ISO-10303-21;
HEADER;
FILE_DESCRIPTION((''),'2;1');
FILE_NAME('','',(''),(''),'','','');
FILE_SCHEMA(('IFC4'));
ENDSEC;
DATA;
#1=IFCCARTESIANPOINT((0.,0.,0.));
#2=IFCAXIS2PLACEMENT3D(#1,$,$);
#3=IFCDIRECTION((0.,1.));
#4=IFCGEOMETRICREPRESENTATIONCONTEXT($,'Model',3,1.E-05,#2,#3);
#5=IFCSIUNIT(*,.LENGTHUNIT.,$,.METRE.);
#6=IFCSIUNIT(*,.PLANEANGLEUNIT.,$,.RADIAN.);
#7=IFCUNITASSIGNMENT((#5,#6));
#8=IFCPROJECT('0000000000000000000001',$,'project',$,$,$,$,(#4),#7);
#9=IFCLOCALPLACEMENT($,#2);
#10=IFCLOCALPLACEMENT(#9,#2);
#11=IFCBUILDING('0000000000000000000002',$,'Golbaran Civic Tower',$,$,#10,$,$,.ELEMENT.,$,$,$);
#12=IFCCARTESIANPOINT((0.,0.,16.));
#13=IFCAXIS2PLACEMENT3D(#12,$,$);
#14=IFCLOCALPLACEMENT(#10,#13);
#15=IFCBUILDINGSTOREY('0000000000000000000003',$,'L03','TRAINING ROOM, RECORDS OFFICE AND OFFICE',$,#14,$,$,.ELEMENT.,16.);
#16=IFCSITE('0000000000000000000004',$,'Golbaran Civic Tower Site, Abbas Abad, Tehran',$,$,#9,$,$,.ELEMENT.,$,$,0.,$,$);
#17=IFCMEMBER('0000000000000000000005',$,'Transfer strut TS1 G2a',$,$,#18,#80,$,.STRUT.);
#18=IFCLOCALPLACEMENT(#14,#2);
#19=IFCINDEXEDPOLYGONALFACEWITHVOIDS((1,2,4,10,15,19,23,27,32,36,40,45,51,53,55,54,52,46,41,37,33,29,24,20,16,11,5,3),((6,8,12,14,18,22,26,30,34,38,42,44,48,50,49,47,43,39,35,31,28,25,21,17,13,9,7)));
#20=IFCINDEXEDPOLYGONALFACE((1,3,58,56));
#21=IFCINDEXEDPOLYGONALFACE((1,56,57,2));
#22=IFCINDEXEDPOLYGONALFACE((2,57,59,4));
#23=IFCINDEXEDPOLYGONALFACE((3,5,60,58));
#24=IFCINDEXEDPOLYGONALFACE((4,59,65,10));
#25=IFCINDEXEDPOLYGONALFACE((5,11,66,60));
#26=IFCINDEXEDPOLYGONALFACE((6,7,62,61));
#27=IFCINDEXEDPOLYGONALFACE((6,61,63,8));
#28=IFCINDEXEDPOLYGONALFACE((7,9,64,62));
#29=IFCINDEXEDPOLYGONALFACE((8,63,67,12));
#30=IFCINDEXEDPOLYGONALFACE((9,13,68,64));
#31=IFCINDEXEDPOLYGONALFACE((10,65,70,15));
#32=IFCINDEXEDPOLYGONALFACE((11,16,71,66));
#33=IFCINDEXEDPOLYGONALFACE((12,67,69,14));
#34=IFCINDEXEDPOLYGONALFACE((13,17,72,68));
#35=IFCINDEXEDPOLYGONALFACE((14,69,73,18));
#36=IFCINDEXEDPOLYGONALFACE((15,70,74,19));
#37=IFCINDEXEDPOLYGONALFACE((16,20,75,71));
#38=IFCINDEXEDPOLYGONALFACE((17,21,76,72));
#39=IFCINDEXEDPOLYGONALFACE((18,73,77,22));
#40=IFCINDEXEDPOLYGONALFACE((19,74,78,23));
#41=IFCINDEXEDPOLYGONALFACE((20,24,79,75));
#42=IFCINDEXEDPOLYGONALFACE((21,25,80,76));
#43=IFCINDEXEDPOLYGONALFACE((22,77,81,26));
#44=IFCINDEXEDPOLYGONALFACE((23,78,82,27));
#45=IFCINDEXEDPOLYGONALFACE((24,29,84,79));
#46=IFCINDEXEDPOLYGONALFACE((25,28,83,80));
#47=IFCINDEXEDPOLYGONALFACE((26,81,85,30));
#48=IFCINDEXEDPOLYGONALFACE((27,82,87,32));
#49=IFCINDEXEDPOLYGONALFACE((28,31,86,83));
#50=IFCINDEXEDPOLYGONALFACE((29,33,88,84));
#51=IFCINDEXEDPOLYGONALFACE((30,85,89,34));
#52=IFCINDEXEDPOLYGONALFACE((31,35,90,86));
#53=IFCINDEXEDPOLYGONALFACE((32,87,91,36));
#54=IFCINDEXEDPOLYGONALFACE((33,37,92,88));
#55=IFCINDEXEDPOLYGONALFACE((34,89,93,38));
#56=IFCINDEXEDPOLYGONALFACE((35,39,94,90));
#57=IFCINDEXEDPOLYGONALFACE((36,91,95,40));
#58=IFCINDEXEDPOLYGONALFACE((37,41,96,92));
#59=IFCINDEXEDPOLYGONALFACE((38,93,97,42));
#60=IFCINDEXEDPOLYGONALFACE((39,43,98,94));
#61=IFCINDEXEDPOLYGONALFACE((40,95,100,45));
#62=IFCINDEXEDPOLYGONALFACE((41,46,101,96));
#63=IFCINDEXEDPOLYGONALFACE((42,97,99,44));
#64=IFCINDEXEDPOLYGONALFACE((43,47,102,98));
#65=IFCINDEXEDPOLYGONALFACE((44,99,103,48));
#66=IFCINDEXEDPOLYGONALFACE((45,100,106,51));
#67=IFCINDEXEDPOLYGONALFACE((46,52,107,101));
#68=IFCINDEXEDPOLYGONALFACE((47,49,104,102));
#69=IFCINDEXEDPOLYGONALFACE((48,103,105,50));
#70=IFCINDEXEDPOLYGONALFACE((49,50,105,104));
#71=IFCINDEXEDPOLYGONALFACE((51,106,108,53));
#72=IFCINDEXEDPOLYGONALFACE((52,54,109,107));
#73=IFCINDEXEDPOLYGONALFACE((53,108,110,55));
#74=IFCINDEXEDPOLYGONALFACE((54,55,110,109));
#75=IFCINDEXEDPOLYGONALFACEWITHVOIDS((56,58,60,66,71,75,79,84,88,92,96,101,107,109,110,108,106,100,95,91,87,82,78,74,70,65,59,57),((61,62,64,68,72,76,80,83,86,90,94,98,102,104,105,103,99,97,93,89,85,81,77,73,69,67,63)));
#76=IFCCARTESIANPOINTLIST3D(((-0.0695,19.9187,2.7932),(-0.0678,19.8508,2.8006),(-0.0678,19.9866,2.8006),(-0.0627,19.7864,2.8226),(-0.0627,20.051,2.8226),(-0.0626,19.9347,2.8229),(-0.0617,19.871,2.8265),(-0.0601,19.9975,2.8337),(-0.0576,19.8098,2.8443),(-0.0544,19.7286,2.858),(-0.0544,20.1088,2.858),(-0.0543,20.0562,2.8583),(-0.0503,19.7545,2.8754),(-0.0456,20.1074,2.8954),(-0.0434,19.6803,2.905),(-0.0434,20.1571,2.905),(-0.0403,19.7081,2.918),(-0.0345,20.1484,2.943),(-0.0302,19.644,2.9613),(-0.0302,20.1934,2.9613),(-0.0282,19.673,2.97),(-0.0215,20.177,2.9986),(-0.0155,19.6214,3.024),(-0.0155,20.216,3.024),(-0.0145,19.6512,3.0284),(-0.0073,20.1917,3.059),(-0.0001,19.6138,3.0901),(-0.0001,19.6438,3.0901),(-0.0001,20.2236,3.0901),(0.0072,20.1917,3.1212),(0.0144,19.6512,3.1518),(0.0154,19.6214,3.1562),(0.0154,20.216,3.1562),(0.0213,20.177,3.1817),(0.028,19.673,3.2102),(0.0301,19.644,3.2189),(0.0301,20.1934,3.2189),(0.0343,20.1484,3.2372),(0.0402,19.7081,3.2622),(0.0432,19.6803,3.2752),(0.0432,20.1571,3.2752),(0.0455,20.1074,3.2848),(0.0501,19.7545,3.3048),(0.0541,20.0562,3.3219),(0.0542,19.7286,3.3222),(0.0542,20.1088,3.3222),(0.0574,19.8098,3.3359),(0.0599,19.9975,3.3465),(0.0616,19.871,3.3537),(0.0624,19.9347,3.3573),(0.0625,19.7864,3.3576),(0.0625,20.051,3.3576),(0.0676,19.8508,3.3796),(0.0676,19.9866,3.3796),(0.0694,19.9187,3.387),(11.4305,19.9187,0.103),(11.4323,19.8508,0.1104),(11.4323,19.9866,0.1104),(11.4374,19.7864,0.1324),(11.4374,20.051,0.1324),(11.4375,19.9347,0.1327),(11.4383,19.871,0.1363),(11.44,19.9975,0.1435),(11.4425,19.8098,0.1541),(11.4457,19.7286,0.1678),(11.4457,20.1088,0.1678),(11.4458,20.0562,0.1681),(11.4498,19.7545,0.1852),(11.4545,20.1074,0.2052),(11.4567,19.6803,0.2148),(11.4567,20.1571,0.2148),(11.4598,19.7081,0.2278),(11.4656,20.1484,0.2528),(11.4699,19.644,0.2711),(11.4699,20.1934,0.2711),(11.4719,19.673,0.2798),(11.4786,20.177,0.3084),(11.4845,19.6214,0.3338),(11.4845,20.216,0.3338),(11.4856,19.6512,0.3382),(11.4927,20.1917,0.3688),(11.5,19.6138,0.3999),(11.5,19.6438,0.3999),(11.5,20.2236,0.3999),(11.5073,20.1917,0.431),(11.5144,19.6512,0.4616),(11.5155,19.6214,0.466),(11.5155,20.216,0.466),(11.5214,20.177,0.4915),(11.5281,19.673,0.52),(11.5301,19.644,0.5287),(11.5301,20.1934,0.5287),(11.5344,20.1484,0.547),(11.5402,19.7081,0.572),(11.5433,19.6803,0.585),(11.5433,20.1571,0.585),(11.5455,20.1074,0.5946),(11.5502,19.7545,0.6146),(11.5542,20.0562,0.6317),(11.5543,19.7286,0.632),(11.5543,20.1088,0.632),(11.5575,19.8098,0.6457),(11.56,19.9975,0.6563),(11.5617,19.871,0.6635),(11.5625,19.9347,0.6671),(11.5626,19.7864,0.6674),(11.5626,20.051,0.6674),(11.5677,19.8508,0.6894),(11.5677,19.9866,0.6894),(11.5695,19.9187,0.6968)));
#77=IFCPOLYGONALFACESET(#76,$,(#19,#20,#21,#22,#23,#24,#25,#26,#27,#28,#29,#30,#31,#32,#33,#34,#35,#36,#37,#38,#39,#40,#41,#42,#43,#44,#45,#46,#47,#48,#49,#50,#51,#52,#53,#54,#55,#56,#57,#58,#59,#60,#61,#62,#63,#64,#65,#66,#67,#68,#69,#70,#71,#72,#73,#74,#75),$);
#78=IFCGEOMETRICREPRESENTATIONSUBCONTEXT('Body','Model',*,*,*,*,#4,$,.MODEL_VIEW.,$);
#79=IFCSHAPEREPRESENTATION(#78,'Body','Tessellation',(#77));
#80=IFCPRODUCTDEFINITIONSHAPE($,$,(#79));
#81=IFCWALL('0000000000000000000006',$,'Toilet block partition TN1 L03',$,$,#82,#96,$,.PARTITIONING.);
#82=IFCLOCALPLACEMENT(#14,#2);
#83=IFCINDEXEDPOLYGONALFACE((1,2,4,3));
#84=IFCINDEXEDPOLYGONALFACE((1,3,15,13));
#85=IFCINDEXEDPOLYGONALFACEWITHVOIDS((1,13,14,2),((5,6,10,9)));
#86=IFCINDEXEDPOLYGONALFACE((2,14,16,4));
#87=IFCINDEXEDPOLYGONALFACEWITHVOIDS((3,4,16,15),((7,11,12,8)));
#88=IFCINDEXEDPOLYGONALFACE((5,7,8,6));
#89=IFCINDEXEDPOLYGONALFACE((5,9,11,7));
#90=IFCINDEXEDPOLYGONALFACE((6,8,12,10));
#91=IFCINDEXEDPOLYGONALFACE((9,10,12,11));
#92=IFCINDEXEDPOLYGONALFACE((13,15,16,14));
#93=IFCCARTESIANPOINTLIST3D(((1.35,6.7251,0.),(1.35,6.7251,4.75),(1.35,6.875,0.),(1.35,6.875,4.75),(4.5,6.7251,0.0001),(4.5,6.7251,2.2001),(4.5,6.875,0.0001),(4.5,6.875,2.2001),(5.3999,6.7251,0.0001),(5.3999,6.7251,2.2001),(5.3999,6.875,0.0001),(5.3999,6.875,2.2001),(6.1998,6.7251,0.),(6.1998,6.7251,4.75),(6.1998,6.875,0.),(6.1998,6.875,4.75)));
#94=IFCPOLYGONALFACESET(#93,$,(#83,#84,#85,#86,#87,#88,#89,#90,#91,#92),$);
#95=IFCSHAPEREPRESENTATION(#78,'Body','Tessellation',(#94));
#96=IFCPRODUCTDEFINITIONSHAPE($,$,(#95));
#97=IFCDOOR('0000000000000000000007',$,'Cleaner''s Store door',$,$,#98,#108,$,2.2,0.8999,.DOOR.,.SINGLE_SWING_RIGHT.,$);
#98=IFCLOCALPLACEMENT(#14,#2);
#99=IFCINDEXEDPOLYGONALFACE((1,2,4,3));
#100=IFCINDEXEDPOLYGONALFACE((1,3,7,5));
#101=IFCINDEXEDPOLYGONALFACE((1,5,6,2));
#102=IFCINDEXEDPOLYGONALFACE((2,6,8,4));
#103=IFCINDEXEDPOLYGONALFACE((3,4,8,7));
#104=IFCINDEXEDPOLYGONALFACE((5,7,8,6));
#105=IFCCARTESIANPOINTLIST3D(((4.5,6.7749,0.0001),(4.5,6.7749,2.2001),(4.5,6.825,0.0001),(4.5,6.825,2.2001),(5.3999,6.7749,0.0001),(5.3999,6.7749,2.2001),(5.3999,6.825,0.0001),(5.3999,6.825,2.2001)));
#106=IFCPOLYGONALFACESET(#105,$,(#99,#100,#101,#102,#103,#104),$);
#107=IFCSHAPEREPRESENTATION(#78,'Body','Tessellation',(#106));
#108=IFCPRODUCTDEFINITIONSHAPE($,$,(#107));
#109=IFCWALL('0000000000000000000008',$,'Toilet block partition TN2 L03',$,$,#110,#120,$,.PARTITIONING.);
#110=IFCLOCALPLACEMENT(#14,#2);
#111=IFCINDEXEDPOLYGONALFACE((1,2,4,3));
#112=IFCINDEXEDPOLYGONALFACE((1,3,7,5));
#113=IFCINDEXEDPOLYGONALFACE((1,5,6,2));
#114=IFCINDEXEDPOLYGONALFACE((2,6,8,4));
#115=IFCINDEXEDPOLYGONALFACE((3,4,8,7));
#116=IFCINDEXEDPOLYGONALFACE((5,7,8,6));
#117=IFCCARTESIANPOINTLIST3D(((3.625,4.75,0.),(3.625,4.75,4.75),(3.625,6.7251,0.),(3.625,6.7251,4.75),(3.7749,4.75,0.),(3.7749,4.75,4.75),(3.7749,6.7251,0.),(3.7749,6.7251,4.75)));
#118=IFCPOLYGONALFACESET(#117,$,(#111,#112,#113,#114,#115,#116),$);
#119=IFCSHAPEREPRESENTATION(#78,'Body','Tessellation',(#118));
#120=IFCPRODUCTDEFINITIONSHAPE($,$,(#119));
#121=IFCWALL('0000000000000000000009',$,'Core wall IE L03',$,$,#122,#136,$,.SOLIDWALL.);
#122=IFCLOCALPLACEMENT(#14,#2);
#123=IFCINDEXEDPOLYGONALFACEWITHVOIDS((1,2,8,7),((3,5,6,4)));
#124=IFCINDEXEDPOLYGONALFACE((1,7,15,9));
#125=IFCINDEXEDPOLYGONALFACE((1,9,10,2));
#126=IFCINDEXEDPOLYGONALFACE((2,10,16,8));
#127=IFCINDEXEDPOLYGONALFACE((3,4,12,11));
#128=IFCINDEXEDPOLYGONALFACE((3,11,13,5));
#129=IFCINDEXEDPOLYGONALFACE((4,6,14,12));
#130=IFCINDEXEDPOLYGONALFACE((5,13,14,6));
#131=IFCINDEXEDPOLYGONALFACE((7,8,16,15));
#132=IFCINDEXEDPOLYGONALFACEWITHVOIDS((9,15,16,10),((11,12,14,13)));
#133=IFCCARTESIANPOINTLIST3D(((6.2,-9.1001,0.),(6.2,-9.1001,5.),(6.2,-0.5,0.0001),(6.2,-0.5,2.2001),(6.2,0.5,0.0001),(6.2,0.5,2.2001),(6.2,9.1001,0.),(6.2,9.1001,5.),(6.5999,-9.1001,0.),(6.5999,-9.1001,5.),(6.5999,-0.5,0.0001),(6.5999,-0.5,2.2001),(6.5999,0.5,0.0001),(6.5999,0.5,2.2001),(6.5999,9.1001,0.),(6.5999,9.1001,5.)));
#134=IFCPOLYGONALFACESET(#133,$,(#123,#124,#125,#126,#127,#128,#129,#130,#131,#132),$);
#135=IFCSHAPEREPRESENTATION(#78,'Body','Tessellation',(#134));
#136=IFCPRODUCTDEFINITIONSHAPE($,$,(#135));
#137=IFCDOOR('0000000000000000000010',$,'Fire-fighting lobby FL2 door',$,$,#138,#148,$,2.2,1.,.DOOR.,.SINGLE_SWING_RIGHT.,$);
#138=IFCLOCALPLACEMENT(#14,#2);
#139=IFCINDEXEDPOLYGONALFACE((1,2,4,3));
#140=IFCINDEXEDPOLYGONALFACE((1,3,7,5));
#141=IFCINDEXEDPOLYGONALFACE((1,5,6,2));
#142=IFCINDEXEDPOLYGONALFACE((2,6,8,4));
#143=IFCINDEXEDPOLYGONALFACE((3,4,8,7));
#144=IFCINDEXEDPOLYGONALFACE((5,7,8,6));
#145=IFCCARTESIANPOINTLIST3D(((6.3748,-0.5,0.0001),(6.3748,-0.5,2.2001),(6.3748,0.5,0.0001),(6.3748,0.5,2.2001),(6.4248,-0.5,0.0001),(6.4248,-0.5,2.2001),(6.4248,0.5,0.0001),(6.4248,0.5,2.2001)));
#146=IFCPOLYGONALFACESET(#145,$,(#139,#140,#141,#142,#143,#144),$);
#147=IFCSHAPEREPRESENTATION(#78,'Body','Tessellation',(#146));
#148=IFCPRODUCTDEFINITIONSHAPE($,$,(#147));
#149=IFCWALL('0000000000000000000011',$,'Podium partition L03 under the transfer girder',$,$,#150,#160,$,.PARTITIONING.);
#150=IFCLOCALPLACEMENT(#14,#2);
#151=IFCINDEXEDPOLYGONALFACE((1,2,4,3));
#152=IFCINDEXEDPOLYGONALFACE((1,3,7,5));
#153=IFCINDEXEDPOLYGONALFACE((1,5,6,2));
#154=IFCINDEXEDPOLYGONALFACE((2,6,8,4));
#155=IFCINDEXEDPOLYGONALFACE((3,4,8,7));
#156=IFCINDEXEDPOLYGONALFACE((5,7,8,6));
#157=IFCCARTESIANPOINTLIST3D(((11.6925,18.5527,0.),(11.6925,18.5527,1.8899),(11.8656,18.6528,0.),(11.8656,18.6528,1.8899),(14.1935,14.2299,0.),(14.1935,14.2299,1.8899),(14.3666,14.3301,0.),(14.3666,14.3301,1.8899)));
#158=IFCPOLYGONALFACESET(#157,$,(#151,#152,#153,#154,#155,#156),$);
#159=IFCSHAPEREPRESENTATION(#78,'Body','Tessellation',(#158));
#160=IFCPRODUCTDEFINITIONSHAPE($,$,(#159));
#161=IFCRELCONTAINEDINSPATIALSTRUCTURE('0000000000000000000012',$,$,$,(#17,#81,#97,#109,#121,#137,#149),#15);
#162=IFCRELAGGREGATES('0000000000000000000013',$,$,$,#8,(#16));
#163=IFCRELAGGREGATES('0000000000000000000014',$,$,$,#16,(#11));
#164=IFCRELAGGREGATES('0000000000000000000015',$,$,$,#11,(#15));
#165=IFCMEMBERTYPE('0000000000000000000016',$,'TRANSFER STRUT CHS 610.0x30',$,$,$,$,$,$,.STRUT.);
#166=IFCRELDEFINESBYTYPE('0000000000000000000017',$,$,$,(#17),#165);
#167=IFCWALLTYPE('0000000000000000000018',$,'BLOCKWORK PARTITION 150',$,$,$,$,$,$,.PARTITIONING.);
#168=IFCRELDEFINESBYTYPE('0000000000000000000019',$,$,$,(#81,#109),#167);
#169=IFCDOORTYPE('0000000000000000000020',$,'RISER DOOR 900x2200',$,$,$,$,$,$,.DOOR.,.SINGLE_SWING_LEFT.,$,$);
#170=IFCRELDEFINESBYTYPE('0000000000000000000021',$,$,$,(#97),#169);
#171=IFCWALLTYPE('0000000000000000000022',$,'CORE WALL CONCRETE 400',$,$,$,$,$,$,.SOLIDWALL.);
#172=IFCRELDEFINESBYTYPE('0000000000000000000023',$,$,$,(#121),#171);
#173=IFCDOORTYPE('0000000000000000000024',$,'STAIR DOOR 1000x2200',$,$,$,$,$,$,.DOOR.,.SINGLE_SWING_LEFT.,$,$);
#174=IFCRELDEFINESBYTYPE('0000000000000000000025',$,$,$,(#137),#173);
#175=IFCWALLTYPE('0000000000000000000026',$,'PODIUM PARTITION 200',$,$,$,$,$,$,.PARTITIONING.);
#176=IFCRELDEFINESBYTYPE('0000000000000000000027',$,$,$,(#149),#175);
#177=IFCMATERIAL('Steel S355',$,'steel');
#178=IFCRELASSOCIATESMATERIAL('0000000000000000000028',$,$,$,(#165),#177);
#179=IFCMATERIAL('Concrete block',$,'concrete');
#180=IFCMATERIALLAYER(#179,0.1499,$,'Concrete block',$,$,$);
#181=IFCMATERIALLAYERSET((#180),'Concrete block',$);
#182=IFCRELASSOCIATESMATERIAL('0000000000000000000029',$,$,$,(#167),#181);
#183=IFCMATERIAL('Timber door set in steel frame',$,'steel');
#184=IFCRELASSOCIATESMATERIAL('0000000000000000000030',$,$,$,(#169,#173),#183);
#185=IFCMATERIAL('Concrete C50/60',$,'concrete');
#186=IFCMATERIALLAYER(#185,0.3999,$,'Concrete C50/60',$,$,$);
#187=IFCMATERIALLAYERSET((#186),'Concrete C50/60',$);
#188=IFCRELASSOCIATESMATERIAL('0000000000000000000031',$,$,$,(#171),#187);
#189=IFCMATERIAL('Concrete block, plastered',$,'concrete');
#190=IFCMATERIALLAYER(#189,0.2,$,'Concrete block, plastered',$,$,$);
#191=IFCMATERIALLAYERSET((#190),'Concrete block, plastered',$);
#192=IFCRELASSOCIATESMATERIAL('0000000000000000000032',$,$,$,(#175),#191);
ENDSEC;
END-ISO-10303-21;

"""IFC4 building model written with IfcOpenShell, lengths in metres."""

from ifc_helpers import new_model, si_unit, direction, frame, frame_2d, origin, origin_2d, place, context, subcontext, project, spatial, rectangle, hollow_circle, extrude, material, layer, layer_set, material_profile, profile_set, type_object, element, fill, save


model = new_model("IFC4")

# Units and contexts
model_context = context("Model", 3, precision=1e-05, world=origin(), true_north=direction((0.0, 1.0)))
body_context = subcontext(model_context, "Body", "Model", "MODEL_VIEW")
ifc_project = project(units=[si_unit("LENGTHUNIT", "METRE"), si_unit("PLANEANGLEUNIT", "RADIAN")], contexts=[model_context])

# Site, building, storey
site_placement = place(None, origin())
site = spatial("IfcSite", under=ifc_project, at=site_placement, Name="Golbaran Civic Tower Site, Abbas Abad, Tehran", CompositionType="ELEMENT", RefElevation=0.0)
building_placement = place(site_placement, origin())
building = spatial("IfcBuilding", under=site, at=building_placement, Name="Golbaran Civic Tower", CompositionType="ELEMENT")
storey_placement = place(building_placement, frame((0.0, 0.0, 16.0)))
storey = spatial("IfcBuildingStorey", under=building, at=storey_placement, Name="L03", Description="TRAINING ROOM, RECORDS OFFICE AND OFFICE", CompositionType="ELEMENT", Elevation=16.0)

# Shared definitions
ifc_material_1 = material(Name="Steel S355", Category="steel")
ifc_material_2 = material(Name="Concrete C50/60", Category="concrete")

# Member
ifc_material_profile_1 = material_profile(ifc_material_1, hollow_circle(Radius=0.3049, WallThickness=0.03, at=origin_2d()), Name="CHS 610.0x30")
ifc_profile_set_1 = profile_set([ifc_material_profile_1], Name="Steel S355")
member_type = type_object("IfcMemberType", Name="TRANSFER STRUT CHS 610.0x30", PredefinedType="STRUT", material=ifc_profile_set_1)
for number, where, z_axis, x_axis, name in (
    (1, (11.5, 19.9187, 0.3999), (-0.973713, 0.0, 0.22778), (0.0, -1.0, 0.0), "Transfer strut TS1 G2a"),
):
    element("IfcMember", number, at=place(storey_placement, frame(where, z_axis=z_axis, x_axis=x_axis)), inside=storey, type_object=member_type, Name=name, PredefinedType="STRUT", context=body_context, shape_type="SweptSolid", body=[
        extrude(hollow_circle(Radius=0.3049, WallThickness=0.03, at=origin_2d()), origin(), (0.0, 0.0, 1.0), 11.8105),
    ])

# Wall, opening, door
ifc_material_3 = material(Name="Concrete block", Category="concrete")
ifc_layer_1 = layer(ifc_material_3, 0.1499, Name="Concrete block")
ifc_layer_set_1 = layer_set([ifc_layer_1], Name="Concrete block")
wall_type_1 = type_object("IfcWallType", Name="BLOCKWORK PARTITION 150", PredefinedType="PARTITIONING", material=ifc_layer_set_1)
wall_1_placement = place(storey_placement, frame((1.3501, 6.8, 0.0), z_axis=(0.0, 0.0, 1.0), x_axis=(1.0, 0.0, 0.0)))
wall_1 = element("IfcWall", 2, at=wall_1_placement, inside=storey, type_object=wall_type_1, Name="Toilet block partition TN1 L03", PredefinedType="PARTITIONING", context=body_context, shape_type="SweptSolid", body=[
    extrude(rectangle(XDim=4.8499, YDim=0.1499, at=frame_2d((2.4248, 0.0))), origin(), (0.0, 0.0, 1.0), 4.75),
])
opening_1_placement = place(wall_1_placement, frame((3.1499, 0.0, 0.0)))
opening_1 = element("IfcOpeningElement", 3, at=opening_1_placement, cuts=wall_1, PredefinedType="OPENING", context=body_context, shape_type="SweptSolid", body=[
    extrude(rectangle(XDim=0.8999, YDim=2.2, at=frame_2d((0.45, 1.1001))), frame((0.0, 0.085, 0.0), z_axis=(0.0, -1.0, 0.0), x_axis=(1.0, 0.0, 0.0)), (0.0, 0.0, 1.0), 0.1699),
])
ifc_material_4 = material(Name="Timber door set in steel frame", Category="steel")
door_type_1 = type_object("IfcDoorType", Name="RISER DOOR 900x2200", OperationType="SINGLE_SWING_LEFT", PredefinedType="DOOR", material=ifc_material_4)
door_1_placement = place(opening_1_placement, origin())
door_1 = element("IfcDoor", 4, at=door_1_placement, inside=storey, type_object=door_type_1, Name="Cleaner's Store door", OperationType="SINGLE_SWING_RIGHT", OverallHeight=2.2, OverallWidth=0.8999, PredefinedType="DOOR", context=body_context, shape_type="SweptSolid", body=[
    extrude(rectangle(XDim=0.8999, YDim=2.2, at=frame_2d((0.45, 1.1001))), frame((0.0, 0.0249, 0.0), z_axis=(0.0, -1.0, 0.0), x_axis=(1.0, 0.0, 0.0)), (0.0, 0.0, 1.0), 0.05),
])
fill(opening_1, door_1)

# Wall
wall_2_placement = place(storey_placement, frame((3.7, 4.75, 0.0), z_axis=(0.0, 0.0, 1.0), x_axis=(0.0, 1.0, 0.0)))
element("IfcWall", 5, at=wall_2_placement, inside=storey, type_object=wall_type_1, Name="Toilet block partition TN2 L03", PredefinedType="PARTITIONING", context=body_context, shape_type="SweptSolid", body=[
    extrude(rectangle(XDim=1.9751, YDim=0.1499, at=frame_2d((0.9875, 0.0))), origin(), (0.0, 0.0, 1.0), 4.75),
])

# Wall, opening, door
ifc_layer_2 = layer(ifc_material_2, 0.3999, Name="Concrete C50/60")
ifc_layer_set_2 = layer_set([ifc_layer_2], Name="Concrete C50/60")
wall_type_2 = type_object("IfcWallType", Name="CORE WALL CONCRETE 400", PredefinedType="SOLIDWALL", material=ifc_layer_set_2)
wall_3_placement = place(storey_placement, frame((6.3999, 9.1001, 0.0), z_axis=(0.0, 0.0, 1.0), x_axis=(0.0, -1.0, 0.0)))
wall_3 = element("IfcWall", 6, at=wall_3_placement, inside=storey, type_object=wall_type_2, Name="Core wall IE L03", PredefinedType="SOLIDWALL", context=body_context, shape_type="SweptSolid", body=[
    extrude(rectangle(XDim=18.2002, YDim=0.3999, at=frame_2d((9.1001, 0.0))), origin(), (0.0, 0.0, 1.0), 5.0),
])
opening_2_placement = place(wall_3_placement, frame((8.6001, 0.0, 0.0)))
opening_2 = element("IfcOpeningElement", 7, at=opening_2_placement, cuts=wall_3, PredefinedType="OPENING", context=body_context, shape_type="SweptSolid", body=[
    extrude(rectangle(XDim=1.0, YDim=2.2, at=frame_2d((0.5, 1.1001))), frame((0.0, 0.21, 0.0), z_axis=(0.0, -1.0, 0.0), x_axis=(1.0, 0.0, 0.0)), (0.0, 0.0, 1.0), 0.4199),
])
door_type_2 = type_object("IfcDoorType", Name="STAIR DOOR 1000x2200", OperationType="SINGLE_SWING_LEFT", PredefinedType="DOOR", material=ifc_material_4)
door_2_placement = place(opening_2_placement, origin())
door_2 = element("IfcDoor", 8, at=door_2_placement, inside=storey, type_object=door_type_2, Name="Fire-fighting lobby FL2 door", OperationType="SINGLE_SWING_RIGHT", OverallHeight=2.2, OverallWidth=1.0, PredefinedType="DOOR", context=body_context, shape_type="SweptSolid", body=[
    extrude(rectangle(XDim=1.0, YDim=2.2, at=frame_2d((0.5, 1.1001))), frame((0.0, 0.0249, 0.0), z_axis=(0.0, -1.0, 0.0), x_axis=(1.0, 0.0, 0.0)), (0.0, 0.0, 1.0), 0.05),
])
fill(opening_2, door_2)

# Wall
ifc_material_5 = material(Name="Concrete block, plastered", Category="concrete")
ifc_layer_3 = layer(ifc_material_5, 0.2, Name="Concrete block, plastered")
ifc_layer_set_3 = layer_set([ifc_layer_3], Name="Concrete block, plastered")
wall_type_3 = type_object("IfcWallType", Name="PODIUM PARTITION 200", PredefinedType="PARTITIONING", material=ifc_layer_set_3)
wall_4_placement = place(storey_placement, frame((11.7791, 18.6028, 0.0), z_axis=(0.0, 0.0, 1.0), x_axis=(0.500786, -0.865571, 0.0)))
element("IfcWall", 9, at=wall_4_placement, inside=storey, type_object=wall_type_3, Name="Podium partition L03 under the transfer girder", PredefinedType="PARTITIONING", context=body_context, shape_type="SweptSolid", body=[
    extrude(rectangle(XDim=4.9941, YDim=0.2, at=frame_2d((2.4971, 0.0))), origin(), (0.0, 0.0, 1.0), 1.8899),
])

save(model, "model.ifc")
